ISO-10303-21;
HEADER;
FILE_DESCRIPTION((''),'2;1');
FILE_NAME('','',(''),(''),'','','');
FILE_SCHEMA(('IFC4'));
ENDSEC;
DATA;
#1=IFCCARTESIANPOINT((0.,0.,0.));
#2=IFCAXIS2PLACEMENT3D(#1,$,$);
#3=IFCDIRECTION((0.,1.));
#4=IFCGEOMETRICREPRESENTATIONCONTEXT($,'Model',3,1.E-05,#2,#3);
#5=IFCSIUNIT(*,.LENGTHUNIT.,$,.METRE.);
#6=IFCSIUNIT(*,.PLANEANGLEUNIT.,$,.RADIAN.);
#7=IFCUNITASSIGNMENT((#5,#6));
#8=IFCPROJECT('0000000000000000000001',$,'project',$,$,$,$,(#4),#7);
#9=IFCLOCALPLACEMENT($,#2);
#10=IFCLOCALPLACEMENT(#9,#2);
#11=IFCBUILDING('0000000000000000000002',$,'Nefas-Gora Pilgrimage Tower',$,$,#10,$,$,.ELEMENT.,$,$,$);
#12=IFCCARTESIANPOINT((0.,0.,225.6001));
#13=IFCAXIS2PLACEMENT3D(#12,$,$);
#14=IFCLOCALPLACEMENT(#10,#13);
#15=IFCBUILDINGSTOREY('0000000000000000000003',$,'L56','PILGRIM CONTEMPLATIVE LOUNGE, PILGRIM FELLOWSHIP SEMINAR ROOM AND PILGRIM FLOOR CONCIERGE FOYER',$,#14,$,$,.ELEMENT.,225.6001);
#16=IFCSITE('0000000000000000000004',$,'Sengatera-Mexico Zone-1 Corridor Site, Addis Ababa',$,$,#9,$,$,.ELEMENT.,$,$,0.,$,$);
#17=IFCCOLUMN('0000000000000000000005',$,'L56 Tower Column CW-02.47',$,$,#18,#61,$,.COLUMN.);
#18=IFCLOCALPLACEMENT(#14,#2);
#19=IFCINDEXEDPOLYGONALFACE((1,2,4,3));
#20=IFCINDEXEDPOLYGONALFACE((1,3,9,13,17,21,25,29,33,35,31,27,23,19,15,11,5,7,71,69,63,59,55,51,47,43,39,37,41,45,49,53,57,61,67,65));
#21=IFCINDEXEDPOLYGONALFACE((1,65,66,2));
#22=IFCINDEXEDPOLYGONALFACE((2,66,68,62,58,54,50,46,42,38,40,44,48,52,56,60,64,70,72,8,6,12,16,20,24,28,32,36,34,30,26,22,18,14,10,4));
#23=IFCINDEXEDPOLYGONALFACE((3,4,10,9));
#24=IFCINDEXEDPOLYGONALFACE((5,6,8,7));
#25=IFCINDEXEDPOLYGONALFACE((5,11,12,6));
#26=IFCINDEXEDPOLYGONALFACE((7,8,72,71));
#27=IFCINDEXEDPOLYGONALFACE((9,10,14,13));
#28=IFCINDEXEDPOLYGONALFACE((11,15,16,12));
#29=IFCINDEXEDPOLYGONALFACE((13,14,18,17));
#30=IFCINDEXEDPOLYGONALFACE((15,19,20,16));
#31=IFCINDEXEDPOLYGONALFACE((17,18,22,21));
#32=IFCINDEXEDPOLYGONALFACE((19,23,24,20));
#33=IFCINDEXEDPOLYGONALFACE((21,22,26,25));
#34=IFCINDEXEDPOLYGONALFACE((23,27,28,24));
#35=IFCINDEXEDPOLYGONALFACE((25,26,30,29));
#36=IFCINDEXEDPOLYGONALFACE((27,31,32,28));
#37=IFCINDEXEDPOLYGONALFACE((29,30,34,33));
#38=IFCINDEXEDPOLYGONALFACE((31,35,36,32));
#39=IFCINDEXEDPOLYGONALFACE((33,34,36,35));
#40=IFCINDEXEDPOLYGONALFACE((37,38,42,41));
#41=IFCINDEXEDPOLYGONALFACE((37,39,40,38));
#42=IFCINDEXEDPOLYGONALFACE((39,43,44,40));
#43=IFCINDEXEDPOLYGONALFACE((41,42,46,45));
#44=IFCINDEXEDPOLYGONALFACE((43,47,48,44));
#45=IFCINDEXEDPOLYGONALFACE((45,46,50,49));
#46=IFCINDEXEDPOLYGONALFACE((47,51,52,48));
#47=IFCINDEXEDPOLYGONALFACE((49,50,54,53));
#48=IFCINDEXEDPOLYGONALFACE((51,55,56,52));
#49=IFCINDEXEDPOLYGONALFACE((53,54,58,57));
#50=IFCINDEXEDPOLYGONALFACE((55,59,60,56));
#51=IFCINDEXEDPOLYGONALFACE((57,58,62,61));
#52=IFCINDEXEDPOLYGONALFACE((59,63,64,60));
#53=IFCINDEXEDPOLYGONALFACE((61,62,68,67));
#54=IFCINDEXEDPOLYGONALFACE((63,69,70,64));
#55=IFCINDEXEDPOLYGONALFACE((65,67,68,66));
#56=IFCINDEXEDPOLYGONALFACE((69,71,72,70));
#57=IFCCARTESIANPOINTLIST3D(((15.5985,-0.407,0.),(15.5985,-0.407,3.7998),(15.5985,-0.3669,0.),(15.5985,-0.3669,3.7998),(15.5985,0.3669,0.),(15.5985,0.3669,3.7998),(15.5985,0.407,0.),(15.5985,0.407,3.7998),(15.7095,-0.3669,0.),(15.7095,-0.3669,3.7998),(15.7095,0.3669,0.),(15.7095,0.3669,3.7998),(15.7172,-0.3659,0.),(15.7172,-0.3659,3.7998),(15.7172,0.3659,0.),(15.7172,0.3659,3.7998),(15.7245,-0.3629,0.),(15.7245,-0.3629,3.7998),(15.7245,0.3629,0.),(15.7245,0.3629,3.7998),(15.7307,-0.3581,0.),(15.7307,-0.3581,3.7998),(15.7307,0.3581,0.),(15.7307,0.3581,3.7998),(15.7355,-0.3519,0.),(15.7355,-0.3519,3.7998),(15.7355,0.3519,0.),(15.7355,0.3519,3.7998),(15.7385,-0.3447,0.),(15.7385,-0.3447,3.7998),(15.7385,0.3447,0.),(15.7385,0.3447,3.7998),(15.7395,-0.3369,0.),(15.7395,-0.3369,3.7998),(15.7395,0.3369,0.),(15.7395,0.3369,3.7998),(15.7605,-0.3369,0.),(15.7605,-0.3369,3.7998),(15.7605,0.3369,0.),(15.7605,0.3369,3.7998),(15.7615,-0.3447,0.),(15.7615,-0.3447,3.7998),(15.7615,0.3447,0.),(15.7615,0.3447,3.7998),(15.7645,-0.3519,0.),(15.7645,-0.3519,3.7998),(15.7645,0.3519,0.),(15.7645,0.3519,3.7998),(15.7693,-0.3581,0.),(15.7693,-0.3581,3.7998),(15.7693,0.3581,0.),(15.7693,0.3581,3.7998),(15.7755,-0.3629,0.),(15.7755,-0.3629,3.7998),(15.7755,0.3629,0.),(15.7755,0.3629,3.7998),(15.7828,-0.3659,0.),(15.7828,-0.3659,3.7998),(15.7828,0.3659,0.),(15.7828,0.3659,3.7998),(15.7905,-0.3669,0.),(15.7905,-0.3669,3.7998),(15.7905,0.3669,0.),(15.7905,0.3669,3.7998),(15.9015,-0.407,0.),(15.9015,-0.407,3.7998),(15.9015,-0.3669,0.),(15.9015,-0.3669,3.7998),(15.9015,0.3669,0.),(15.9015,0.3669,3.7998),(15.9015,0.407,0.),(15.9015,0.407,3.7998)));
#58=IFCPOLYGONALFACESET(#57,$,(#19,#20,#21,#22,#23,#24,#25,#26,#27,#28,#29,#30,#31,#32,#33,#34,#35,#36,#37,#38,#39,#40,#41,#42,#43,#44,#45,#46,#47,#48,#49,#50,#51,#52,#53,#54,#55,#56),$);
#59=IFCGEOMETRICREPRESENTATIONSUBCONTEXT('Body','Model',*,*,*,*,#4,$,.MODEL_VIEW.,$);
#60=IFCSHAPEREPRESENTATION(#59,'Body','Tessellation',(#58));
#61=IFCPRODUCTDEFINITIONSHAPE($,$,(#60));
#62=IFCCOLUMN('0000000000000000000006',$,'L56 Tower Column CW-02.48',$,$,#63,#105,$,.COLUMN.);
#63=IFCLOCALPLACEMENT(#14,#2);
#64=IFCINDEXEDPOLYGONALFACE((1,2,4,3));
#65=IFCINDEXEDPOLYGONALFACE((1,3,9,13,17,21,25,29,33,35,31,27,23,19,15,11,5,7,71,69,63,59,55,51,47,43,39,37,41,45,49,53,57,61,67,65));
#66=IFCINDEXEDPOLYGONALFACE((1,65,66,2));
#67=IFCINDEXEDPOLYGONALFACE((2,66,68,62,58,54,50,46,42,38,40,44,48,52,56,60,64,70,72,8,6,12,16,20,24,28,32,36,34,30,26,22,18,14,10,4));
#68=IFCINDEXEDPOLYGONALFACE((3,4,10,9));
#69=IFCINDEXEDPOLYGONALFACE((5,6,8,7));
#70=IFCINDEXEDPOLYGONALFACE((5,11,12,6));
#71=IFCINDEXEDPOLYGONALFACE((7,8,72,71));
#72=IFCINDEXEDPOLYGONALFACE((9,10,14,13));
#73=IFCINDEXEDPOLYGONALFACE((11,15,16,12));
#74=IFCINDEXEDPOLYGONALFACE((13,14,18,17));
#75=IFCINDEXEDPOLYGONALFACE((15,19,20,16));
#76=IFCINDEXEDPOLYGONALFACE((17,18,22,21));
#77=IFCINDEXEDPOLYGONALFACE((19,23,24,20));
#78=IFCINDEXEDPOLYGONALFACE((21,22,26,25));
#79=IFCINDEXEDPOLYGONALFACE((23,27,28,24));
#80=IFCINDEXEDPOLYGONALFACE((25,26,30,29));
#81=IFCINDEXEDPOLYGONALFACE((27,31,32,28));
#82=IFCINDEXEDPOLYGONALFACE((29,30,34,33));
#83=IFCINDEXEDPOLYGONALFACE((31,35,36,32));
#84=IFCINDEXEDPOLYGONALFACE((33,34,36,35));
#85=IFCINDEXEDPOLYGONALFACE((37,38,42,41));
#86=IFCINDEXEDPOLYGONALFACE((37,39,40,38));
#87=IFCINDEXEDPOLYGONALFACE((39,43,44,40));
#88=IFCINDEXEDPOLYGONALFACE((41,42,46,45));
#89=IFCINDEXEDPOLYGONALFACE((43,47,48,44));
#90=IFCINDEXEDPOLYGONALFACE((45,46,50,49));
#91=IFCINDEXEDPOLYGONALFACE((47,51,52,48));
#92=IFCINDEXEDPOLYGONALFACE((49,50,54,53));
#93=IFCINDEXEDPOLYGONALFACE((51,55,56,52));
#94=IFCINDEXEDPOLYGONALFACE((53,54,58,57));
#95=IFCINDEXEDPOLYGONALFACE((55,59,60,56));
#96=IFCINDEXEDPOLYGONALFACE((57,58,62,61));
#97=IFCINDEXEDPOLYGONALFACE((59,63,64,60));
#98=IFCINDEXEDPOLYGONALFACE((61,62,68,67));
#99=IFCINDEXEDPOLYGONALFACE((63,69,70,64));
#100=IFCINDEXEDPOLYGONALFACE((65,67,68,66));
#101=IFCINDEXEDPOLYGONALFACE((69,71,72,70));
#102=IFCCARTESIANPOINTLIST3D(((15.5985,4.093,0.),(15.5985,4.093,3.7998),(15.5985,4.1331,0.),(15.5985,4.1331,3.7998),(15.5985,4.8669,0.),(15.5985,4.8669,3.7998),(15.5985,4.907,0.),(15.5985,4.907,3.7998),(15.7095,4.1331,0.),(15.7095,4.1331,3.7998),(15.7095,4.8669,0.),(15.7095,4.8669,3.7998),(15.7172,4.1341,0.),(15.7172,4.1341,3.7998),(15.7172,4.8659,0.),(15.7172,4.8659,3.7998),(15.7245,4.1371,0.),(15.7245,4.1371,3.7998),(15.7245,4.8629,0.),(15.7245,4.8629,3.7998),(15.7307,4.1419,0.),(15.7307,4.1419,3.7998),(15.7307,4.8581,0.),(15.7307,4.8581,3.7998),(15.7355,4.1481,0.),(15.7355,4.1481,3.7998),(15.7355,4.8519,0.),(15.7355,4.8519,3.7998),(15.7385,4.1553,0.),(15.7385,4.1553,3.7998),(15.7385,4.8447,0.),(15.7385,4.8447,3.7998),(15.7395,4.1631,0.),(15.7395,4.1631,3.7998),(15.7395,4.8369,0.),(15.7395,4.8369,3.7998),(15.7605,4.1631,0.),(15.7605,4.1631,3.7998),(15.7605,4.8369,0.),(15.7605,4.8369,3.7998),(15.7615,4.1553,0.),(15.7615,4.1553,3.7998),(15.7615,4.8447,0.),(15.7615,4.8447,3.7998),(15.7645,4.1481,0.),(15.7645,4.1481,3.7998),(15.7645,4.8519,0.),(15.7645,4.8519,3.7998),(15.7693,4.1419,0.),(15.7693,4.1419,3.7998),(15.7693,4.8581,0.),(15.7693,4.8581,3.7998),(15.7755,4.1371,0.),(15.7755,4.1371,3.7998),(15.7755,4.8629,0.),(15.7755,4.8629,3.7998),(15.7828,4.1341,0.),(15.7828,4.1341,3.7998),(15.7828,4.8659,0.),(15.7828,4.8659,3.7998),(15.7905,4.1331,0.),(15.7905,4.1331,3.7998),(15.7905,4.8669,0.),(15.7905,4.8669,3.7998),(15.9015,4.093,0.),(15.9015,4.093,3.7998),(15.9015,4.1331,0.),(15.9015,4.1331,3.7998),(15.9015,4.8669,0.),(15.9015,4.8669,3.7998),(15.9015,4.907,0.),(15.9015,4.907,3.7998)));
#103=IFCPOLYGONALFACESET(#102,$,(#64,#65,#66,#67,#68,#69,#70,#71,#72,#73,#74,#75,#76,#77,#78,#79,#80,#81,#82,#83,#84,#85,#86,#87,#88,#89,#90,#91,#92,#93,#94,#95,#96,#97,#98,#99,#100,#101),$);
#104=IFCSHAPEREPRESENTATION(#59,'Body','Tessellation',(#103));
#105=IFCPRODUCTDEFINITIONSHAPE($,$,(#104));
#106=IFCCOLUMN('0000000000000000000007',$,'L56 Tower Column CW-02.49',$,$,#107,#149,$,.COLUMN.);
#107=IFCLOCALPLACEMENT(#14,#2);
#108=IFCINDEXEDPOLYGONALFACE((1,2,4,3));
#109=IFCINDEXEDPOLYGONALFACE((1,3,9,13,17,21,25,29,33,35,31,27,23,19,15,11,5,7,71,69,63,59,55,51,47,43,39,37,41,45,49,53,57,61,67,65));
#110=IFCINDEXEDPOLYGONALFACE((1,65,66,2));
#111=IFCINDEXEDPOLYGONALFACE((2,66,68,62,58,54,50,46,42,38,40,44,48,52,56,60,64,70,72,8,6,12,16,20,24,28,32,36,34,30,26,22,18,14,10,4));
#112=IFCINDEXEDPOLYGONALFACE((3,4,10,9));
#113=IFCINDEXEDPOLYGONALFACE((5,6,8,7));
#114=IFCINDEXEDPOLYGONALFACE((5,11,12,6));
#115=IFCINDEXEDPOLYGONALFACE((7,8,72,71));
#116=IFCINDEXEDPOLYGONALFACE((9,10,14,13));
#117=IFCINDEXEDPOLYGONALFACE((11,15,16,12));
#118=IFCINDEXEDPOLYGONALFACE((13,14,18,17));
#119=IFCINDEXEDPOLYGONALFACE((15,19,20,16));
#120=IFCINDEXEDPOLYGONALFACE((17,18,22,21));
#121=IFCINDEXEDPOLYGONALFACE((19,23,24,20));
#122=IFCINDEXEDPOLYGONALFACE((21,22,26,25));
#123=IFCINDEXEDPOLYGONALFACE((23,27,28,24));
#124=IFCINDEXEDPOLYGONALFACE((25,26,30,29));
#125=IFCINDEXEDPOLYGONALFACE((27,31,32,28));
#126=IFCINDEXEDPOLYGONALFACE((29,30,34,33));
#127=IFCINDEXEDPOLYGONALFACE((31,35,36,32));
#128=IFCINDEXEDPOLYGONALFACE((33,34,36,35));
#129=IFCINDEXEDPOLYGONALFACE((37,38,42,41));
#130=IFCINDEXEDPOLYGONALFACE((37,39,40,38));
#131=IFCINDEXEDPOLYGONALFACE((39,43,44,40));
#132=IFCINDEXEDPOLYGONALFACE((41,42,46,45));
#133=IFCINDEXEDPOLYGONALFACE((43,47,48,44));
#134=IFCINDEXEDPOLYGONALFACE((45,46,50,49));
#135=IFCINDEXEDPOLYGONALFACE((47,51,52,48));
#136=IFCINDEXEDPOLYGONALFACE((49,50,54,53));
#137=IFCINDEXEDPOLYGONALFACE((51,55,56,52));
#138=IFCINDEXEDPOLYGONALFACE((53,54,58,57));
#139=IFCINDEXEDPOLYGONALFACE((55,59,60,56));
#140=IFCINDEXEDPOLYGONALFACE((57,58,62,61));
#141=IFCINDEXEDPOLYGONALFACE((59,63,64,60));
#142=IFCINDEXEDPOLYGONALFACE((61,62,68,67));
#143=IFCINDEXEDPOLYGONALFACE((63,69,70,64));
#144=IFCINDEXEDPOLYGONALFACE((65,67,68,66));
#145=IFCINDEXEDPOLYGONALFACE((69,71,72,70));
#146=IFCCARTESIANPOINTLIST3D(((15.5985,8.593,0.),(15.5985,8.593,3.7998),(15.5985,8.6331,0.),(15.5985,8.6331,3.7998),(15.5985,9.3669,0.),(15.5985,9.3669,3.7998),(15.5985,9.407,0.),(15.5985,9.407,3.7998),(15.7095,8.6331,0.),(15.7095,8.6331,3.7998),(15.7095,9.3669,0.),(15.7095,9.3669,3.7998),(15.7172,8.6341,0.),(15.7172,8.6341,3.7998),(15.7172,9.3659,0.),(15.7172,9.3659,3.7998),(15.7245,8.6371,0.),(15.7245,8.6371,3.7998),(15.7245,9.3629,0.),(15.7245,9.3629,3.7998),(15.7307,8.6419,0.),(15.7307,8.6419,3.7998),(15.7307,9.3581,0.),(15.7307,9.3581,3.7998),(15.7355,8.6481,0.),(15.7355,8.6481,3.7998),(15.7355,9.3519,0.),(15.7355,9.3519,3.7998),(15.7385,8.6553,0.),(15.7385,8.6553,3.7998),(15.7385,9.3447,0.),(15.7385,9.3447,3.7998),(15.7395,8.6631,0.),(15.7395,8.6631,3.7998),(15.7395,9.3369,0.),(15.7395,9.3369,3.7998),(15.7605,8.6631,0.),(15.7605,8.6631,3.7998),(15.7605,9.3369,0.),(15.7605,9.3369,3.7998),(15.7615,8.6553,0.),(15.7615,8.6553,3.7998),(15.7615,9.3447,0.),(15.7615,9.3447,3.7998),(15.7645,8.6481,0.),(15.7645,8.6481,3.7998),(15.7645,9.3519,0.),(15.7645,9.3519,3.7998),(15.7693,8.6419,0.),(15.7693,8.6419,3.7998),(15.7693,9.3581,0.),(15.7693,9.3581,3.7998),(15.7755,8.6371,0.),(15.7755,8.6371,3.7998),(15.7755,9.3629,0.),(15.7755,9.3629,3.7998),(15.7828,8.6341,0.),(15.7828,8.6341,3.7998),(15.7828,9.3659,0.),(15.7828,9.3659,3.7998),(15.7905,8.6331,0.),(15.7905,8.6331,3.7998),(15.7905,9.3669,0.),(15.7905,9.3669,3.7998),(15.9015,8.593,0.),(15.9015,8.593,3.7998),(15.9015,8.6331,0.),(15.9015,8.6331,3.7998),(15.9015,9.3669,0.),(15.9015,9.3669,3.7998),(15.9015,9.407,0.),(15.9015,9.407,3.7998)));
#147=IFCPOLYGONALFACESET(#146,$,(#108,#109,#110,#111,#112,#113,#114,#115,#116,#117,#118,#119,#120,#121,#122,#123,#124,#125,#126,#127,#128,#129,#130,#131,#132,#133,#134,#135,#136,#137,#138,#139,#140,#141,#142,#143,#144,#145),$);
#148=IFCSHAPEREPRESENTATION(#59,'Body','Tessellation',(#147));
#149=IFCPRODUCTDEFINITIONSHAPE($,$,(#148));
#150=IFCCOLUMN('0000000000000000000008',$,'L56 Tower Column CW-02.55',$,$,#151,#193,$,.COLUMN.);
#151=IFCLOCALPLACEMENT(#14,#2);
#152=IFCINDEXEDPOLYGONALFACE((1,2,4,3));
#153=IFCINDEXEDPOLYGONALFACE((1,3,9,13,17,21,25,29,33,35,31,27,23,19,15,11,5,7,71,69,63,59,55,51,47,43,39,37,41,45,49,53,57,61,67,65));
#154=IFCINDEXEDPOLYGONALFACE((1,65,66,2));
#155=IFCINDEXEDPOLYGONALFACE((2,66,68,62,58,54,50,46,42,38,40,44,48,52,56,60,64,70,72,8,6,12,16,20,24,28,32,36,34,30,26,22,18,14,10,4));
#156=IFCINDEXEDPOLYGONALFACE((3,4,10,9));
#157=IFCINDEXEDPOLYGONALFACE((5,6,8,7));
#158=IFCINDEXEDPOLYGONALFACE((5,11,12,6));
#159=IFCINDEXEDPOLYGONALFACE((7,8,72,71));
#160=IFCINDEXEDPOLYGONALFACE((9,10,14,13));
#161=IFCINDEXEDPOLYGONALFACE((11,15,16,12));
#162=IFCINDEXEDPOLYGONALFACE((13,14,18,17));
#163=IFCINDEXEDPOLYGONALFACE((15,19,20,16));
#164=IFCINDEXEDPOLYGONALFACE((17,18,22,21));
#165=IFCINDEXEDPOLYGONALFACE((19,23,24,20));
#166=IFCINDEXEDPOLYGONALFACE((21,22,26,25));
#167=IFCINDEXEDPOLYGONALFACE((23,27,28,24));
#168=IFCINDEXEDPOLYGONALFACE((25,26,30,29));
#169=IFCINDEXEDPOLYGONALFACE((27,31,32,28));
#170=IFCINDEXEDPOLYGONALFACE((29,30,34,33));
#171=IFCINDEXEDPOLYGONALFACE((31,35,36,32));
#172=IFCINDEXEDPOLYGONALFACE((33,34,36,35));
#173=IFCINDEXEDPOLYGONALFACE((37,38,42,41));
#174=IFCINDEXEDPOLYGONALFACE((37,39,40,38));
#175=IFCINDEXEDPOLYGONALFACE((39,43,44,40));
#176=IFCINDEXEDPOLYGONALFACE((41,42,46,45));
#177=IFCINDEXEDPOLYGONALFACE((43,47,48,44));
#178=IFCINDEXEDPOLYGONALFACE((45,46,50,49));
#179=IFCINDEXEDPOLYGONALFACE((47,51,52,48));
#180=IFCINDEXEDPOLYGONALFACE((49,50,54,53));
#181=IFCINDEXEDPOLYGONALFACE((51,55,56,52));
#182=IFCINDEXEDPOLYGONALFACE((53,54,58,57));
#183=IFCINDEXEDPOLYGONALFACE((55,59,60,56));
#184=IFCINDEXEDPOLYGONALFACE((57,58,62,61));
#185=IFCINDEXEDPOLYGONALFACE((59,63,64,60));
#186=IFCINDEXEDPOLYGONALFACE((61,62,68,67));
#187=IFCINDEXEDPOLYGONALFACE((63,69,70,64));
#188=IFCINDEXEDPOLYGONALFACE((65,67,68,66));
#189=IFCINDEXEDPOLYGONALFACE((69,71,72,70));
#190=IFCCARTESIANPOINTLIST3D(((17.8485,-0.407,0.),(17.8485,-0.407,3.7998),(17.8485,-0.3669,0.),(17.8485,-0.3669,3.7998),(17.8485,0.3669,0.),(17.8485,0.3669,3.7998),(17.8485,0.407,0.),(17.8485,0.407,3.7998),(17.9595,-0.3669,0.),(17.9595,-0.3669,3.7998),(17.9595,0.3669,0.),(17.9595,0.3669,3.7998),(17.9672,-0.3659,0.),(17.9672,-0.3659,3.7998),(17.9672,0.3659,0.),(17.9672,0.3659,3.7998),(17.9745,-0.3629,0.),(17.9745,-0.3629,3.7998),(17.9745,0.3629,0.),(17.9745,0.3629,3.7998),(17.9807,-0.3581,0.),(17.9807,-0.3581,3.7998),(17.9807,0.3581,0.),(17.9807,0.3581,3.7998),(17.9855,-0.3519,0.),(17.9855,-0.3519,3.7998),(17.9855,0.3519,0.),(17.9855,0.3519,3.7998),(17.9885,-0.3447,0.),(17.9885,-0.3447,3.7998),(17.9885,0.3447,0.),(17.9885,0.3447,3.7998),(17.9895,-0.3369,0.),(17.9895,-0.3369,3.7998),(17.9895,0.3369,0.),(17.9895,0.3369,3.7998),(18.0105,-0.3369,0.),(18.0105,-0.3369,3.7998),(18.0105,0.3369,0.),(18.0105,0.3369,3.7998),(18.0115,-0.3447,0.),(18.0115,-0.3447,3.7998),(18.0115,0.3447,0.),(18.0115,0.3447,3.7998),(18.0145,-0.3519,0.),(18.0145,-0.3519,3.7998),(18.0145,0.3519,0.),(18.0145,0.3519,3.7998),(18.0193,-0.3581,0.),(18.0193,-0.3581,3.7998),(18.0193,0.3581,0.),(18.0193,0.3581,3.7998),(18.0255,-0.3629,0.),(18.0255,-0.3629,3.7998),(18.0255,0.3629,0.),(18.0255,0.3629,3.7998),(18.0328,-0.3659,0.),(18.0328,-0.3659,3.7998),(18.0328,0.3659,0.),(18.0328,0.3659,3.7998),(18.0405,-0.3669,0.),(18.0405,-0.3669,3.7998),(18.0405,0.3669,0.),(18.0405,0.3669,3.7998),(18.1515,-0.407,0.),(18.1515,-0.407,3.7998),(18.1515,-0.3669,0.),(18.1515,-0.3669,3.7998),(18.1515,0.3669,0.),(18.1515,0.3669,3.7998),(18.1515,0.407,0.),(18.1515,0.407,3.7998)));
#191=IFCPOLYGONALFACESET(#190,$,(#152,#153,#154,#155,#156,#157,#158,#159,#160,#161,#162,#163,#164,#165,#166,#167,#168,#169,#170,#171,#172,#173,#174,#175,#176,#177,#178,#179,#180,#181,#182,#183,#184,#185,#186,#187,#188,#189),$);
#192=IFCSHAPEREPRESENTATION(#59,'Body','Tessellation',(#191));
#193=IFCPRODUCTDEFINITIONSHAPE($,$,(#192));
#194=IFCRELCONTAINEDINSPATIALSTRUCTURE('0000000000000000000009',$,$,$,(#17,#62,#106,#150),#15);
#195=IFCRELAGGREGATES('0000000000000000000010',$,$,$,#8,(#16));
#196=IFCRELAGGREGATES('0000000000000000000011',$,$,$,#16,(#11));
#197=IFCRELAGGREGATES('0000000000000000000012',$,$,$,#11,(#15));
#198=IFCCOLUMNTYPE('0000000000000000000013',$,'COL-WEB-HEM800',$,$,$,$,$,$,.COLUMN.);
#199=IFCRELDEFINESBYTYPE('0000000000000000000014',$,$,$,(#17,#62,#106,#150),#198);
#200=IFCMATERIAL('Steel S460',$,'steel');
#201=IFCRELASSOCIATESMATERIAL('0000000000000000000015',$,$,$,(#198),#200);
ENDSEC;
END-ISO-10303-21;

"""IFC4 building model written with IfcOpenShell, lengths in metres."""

from ifc_helpers import new_model, si_unit, direction, frame, origin, origin_2d, place, context, subcontext, project, spatial, i_section, extrude, source, transform, mapped, material, material_profile, profile_set, type_object, element, save


model = new_model("IFC4")

# Units and contexts
model_context = context("Model", 3, precision=1e-05, world=origin(), true_north=direction((0.0, 1.0)))
body_context = subcontext(model_context, "Body", "Model", "MODEL_VIEW")
ifc_project = project(units=[si_unit("LENGTHUNIT", "METRE"), si_unit("PLANEANGLEUNIT", "RADIAN")], contexts=[model_context])

# Site, building, storey
site_placement = place(None, origin())
site = spatial("IfcSite", under=ifc_project, at=site_placement, Name="Sengatera-Mexico Zone-1 Corridor Site, Addis Ababa", CompositionType="ELEMENT", RefElevation=0.0)
building_placement = place(site_placement, origin())
building = spatial("IfcBuilding", under=site, at=building_placement, Name="Nefas-Gora Pilgrimage Tower", CompositionType="ELEMENT")
storey_placement = place(building_placement, frame((0.0, 0.0, 225.6001)))
storey = spatial("IfcBuildingStorey", under=building, at=storey_placement, Name="L56", Description="PILGRIM CONTEMPLATIVE LOUNGE, PILGRIM FELLOWSHIP SEMINAR ROOM AND PILGRIM FLOOR CONCIERGE FOYER", CompositionType="ELEMENT", Elevation=225.6001)

# Columns
ifc_material_1 = material(Name="Steel S460", Category="steel")
ifc_material_profile_1 = material_profile(ifc_material_1, i_section(OverallWidth=0.303, OverallDepth=0.814, WebThickness=0.021, FlangeThickness=0.04, FilletRadius=0.03, at=origin_2d()), Name="HEM 800")
ifc_profile_set_1 = profile_set([ifc_material_profile_1], Name="Steel S460")
column_type_1 = type_object("IfcColumnType", Name="COL-WEB-HEM800", PredefinedType="COLUMN", material=ifc_profile_set_1)
shared_shape_1 = source(origin(), body_context, "Body", "SweptSolid", [
    extrude(i_section(OverallWidth=0.303, OverallDepth=0.814, WebThickness=0.021, FlangeThickness=0.04, FilletRadius=0.03, at=origin_2d()), origin(), (0.0, 0.0, 1.0), 3.7998),
])
for number, where, z_axis, x_axis, name in (
    (1, (15.75, 0.0, 0.0), (0.0, 0.0, 1.0), (1.0, 0.0, 0.0), "L56 Tower Column CW-02.47"),
    (2, (15.75, 4.5, 0.0), (0.0, 0.0, 1.0), (1.0, 0.0, 0.0), "L56 Tower Column CW-02.48"),
    (3, (15.75, 9.0, 0.0), (0.0, 0.0, 1.0), (1.0, 0.0, 0.0), "L56 Tower Column CW-02.49"),
    (4, (18.0, 0.0, 0.0), (0.0, 0.0, 1.0), (1.0, 0.0, 0.0), "L56 Tower Column CW-02.55"),
):
    element("IfcColumn", number, at=place(storey_placement, frame(where, z_axis=z_axis, x_axis=x_axis)), inside=storey, type_object=column_type_1, Name=name, PredefinedType="COLUMN", context=body_context, shape_type="MappedRepresentation", body=[
        mapped(shared_shape_1, transform((0.0, 0.0, 0.0), x_axis=(1.0, 0.0, 0.0), y_axis=(0.0, 1.0, 0.0), z_axis=(0.0, 0.0, 1.0), scale=1.0)),
    ])

save(model, "model.ifc")
